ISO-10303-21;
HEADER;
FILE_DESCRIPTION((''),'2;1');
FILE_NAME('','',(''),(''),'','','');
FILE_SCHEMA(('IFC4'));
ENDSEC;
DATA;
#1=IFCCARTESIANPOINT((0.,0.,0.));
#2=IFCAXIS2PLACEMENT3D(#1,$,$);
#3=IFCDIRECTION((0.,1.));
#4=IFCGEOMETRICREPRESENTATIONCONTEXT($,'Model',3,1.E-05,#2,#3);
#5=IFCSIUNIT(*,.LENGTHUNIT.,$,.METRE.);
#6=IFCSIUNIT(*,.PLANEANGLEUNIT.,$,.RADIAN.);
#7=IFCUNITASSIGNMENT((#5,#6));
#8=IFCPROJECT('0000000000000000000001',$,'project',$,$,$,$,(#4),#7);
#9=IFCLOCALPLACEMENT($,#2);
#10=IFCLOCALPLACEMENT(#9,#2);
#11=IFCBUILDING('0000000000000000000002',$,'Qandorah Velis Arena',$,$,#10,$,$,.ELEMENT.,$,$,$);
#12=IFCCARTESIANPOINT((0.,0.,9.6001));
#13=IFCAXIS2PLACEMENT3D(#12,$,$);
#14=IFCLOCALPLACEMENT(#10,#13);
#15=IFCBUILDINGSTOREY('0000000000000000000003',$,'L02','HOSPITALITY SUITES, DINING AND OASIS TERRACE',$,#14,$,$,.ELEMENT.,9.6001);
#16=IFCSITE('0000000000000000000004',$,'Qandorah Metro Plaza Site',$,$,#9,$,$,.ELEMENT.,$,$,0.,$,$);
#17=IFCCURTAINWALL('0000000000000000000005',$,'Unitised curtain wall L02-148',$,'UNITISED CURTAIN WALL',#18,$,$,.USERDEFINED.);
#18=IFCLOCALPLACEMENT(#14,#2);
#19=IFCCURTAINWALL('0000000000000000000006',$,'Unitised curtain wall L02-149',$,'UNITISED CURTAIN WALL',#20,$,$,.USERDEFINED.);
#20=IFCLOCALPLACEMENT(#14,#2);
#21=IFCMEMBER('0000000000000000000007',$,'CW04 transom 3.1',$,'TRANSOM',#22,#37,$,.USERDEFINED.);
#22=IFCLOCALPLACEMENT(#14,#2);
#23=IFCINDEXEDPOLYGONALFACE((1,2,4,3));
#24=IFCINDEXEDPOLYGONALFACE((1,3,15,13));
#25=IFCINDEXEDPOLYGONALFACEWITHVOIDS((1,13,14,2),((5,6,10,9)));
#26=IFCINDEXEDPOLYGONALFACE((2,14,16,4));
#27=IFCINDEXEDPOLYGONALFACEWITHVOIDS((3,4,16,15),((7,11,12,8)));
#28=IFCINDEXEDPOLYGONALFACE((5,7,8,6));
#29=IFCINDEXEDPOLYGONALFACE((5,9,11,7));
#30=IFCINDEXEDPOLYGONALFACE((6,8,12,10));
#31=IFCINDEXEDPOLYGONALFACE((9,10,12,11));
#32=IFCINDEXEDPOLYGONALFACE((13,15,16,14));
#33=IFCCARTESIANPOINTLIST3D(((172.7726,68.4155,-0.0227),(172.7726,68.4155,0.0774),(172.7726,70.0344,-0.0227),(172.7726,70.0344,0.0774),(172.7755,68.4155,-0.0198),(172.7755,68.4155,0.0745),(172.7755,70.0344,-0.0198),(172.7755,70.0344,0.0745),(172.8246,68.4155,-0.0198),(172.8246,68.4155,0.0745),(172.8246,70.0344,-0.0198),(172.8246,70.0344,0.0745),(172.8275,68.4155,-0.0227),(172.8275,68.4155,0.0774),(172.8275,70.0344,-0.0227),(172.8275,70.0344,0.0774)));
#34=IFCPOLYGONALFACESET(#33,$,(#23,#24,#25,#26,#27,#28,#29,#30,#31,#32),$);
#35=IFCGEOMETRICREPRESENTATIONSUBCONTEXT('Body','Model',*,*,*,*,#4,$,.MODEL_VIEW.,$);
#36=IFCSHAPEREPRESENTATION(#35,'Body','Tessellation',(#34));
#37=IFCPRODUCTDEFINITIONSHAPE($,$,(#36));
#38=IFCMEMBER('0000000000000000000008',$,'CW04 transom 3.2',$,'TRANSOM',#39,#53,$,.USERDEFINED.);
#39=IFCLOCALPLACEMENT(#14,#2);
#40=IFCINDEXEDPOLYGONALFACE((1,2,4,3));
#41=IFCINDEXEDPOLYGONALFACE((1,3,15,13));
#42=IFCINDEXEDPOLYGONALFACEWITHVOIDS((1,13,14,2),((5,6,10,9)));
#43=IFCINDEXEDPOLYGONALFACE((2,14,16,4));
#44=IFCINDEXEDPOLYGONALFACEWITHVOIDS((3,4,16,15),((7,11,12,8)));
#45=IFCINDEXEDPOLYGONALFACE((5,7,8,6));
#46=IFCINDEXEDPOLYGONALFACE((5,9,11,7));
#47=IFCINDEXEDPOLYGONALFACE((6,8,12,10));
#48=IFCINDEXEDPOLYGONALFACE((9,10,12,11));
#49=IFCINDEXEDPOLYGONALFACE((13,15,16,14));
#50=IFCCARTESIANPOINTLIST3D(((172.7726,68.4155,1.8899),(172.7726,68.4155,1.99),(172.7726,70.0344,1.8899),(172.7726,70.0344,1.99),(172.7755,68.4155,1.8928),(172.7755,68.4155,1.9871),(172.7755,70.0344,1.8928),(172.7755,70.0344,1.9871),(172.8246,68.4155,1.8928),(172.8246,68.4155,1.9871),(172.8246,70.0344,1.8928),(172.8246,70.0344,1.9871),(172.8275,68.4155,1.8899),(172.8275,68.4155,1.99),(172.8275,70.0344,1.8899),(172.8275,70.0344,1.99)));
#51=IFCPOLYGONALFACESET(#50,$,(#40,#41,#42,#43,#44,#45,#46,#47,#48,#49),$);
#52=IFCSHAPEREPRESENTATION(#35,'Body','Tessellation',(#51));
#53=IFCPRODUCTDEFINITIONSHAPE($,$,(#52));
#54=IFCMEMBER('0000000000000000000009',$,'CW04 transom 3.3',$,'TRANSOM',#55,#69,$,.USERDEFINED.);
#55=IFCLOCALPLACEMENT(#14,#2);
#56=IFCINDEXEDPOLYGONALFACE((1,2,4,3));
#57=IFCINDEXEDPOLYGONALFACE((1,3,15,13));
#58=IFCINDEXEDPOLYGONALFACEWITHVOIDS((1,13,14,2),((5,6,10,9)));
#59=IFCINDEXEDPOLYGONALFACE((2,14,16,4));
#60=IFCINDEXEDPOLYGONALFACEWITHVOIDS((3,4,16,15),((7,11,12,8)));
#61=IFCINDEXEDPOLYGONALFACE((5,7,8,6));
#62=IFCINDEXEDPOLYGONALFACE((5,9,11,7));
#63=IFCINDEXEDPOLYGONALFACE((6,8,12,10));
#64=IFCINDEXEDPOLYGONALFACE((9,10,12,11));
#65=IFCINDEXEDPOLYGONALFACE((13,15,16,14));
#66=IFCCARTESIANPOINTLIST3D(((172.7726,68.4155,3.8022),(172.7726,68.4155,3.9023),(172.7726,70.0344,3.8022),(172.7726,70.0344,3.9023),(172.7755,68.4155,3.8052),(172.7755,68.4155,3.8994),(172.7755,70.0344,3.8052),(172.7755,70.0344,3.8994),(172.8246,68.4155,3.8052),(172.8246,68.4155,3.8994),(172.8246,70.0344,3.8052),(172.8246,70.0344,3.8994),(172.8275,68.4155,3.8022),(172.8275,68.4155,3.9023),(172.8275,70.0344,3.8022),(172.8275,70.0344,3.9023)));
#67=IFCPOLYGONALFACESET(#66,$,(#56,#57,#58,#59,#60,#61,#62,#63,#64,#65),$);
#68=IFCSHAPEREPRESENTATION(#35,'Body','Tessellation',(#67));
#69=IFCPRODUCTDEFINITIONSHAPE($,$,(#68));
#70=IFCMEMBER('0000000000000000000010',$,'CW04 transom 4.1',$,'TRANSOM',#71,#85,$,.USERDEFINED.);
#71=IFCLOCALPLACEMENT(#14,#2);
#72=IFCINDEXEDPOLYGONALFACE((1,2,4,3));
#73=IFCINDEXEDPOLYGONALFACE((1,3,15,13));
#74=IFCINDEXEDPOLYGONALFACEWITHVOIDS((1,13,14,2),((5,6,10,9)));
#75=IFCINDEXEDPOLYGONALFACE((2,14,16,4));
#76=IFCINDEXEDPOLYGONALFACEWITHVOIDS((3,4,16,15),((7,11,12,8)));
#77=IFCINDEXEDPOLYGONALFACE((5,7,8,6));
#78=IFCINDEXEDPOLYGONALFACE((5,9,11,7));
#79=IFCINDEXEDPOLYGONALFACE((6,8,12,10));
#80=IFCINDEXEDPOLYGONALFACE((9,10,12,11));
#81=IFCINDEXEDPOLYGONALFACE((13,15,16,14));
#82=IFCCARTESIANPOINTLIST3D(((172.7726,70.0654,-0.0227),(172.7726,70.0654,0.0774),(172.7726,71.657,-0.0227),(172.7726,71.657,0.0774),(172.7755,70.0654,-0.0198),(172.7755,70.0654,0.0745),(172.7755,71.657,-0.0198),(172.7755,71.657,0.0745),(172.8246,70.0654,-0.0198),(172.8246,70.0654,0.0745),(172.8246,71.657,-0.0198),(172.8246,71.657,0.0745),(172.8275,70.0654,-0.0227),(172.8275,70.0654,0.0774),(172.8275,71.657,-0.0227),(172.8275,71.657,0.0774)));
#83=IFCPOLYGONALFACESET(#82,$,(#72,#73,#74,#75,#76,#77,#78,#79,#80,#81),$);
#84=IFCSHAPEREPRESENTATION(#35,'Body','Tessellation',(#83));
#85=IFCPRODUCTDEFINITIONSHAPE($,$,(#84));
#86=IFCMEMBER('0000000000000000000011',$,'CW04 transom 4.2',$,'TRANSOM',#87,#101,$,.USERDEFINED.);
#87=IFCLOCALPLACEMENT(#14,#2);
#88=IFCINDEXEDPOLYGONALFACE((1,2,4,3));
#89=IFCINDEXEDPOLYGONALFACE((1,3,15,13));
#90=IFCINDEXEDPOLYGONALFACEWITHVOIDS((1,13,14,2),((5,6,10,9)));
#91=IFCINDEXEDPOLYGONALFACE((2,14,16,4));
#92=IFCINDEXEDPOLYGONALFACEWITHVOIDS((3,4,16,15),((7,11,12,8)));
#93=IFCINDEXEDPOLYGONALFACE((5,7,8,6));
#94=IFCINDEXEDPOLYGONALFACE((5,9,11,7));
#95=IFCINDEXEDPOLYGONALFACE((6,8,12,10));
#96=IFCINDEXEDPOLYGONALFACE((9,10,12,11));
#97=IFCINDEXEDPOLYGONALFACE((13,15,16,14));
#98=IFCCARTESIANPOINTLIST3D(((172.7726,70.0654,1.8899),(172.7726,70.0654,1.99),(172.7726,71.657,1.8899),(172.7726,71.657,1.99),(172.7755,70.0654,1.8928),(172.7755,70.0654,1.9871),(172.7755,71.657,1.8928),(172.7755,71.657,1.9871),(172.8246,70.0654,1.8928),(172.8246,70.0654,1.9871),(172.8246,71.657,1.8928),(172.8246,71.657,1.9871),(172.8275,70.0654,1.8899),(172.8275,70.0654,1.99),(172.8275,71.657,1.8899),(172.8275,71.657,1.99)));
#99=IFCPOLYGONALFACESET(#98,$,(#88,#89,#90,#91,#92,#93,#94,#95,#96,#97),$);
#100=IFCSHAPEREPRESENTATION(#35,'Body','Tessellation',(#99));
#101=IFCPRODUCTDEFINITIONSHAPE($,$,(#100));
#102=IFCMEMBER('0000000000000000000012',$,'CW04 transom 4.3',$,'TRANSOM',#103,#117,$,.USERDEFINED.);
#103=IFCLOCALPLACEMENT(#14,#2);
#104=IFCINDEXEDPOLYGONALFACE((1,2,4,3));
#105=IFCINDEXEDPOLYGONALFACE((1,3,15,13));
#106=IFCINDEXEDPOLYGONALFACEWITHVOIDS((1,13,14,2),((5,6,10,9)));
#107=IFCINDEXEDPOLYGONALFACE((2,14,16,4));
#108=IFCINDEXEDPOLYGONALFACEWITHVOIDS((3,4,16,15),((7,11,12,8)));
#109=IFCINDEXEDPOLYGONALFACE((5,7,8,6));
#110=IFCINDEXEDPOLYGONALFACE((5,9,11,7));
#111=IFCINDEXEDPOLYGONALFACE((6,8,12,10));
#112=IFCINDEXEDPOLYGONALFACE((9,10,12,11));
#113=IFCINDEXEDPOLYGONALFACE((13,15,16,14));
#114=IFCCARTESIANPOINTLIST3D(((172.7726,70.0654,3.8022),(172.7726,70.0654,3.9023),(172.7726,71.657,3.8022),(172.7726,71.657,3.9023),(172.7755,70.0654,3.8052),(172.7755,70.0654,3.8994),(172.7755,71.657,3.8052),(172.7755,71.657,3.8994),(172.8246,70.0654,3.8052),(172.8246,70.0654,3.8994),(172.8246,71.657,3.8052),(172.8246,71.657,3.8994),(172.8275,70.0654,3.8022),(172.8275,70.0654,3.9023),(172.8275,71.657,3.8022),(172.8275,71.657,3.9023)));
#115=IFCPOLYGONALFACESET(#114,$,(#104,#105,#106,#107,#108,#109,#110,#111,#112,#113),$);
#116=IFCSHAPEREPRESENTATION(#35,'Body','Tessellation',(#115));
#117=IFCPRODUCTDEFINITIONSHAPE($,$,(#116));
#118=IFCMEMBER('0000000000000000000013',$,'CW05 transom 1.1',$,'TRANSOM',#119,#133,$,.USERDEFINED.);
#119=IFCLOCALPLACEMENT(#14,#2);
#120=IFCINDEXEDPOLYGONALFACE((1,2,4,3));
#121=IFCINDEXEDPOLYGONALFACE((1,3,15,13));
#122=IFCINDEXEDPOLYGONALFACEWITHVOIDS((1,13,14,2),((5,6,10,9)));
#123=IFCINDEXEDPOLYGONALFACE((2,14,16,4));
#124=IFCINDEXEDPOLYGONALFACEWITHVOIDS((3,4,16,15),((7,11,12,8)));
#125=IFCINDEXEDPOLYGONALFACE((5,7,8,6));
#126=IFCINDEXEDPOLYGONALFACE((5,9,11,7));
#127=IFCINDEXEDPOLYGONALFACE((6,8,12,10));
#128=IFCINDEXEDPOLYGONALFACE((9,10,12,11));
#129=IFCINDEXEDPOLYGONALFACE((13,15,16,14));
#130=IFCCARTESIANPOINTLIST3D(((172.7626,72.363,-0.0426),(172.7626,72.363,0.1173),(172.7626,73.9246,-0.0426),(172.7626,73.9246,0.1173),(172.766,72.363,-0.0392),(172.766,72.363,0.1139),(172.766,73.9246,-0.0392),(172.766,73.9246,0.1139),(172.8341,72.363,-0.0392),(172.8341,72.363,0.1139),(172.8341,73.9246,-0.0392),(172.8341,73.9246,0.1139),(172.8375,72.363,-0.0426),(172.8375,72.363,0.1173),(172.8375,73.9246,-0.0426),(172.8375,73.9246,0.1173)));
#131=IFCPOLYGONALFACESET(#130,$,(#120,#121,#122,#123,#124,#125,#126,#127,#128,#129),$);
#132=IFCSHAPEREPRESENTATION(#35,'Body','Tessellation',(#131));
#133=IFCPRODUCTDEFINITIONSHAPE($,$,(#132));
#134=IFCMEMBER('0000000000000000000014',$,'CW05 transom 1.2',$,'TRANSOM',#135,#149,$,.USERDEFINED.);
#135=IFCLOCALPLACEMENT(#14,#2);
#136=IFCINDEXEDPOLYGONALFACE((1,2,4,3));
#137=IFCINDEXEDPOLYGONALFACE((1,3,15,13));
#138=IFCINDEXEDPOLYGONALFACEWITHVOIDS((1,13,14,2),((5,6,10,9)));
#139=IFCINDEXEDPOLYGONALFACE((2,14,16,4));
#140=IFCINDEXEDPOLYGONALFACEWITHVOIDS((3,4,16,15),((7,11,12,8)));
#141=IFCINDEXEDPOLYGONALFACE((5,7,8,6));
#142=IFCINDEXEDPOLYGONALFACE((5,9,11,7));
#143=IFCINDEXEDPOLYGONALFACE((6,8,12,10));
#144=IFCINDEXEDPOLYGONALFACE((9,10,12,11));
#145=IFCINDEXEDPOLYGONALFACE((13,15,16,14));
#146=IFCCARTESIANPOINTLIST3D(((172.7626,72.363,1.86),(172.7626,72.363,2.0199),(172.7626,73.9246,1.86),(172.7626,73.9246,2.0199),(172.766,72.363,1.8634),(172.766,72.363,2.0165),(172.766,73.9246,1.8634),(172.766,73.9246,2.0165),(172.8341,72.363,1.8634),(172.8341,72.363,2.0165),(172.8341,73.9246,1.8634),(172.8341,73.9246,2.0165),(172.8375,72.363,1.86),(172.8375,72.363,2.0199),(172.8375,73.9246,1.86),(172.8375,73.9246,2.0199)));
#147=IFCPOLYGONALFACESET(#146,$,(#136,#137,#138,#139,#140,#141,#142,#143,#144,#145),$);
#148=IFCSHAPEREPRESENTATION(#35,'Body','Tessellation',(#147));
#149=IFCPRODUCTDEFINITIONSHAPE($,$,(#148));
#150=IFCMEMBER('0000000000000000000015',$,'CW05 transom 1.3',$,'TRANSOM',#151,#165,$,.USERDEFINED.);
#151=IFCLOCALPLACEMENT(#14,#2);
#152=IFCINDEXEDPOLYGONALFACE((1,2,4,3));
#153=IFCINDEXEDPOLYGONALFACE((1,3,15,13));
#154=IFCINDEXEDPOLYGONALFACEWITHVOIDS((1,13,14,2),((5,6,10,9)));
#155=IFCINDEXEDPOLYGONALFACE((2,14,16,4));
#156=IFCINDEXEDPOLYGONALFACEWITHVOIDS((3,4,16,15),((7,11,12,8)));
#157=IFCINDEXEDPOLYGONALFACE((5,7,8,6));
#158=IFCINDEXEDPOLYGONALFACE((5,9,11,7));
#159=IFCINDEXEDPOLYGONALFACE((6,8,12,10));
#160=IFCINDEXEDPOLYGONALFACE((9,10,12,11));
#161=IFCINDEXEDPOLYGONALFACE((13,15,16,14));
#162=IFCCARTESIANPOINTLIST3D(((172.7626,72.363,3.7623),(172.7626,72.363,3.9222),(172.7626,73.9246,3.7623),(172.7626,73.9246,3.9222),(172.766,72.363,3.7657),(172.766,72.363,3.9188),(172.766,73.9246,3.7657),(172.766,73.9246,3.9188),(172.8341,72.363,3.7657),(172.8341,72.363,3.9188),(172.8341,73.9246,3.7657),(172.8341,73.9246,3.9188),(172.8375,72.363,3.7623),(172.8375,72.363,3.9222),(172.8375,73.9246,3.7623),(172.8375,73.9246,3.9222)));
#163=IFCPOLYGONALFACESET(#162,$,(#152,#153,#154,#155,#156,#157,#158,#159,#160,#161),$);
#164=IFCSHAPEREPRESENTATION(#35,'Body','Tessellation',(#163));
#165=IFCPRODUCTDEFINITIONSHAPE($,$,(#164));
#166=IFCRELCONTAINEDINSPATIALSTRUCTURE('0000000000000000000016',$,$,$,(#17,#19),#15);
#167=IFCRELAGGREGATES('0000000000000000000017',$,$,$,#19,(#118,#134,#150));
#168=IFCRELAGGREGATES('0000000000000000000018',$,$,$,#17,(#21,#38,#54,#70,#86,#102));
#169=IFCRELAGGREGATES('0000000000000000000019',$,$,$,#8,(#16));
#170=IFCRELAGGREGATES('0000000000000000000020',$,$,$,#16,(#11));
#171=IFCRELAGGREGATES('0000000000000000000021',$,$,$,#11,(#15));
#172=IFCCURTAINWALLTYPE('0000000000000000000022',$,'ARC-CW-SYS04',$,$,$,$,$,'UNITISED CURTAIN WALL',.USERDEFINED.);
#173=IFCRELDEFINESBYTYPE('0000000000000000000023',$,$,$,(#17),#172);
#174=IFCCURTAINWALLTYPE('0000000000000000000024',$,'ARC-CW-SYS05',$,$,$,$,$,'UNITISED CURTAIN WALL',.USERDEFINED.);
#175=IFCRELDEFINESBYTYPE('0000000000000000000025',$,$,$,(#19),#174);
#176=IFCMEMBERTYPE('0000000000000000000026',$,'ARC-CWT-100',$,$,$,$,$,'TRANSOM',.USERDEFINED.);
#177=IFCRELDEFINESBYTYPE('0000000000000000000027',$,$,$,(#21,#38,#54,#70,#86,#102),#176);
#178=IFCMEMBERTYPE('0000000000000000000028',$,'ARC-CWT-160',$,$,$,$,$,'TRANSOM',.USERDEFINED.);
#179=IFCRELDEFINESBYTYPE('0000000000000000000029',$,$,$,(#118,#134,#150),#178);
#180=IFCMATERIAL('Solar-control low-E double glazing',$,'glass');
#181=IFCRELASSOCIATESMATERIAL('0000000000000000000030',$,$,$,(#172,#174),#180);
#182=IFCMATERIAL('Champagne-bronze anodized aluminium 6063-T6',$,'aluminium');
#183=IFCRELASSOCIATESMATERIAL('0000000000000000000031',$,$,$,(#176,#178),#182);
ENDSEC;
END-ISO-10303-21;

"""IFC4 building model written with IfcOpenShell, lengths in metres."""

from ifc_helpers import new_model, si_unit, direction, frame, origin, origin_2d, place, context, subcontext, project, spatial, hollow_rectangle, extrude, material, material_profile, profile_set, type_object, element, aggregate, save


model = new_model("IFC4")

# Units and contexts
model_context = context("Model", 3, precision=1e-05, world=origin(), true_north=direction((0.0, 1.0)))
body_context = subcontext(model_context, "Body", "Model", "MODEL_VIEW")
ifc_project = project(units=[si_unit("LENGTHUNIT", "METRE"), si_unit("PLANEANGLEUNIT", "RADIAN")], contexts=[model_context])

# Site, building, storey
site_placement = place(None, origin())
site = spatial("IfcSite", under=ifc_project, at=site_placement, Name="Qandorah Metro Plaza Site", CompositionType="ELEMENT", RefElevation=0.0)
building_placement = place(site_placement, origin())
building = spatial("IfcBuilding", under=site, at=building_placement, Name="Qandorah Velis Arena", CompositionType="ELEMENT")
storey_placement = place(building_placement, frame((0.0, 0.0, 9.6001)))
storey = spatial("IfcBuildingStorey", under=building, at=storey_placement, Name="L02", Description="HOSPITALITY SUITES, DINING AND OASIS TERRACE", CompositionType="ELEMENT", Elevation=9.6001)

# Curtain wall
ifc_material_1 = material(Name="Solar-control low-E double glazing", Category="glass")
curtain_wall_type_1 = type_object("IfcCurtainWallType", Name="ARC-CW-SYS04", ElementType="UNITISED CURTAIN WALL", PredefinedType="USERDEFINED", material=ifc_material_1)
curtain_wall_1_placement = place(storey_placement, origin())
curtain_wall_1 = element("IfcCurtainWall", 1, at=curtain_wall_1_placement, inside=storey, type_object=curtain_wall_type_1, Name="Unitised curtain wall L02-148", ObjectType="UNITISED CURTAIN WALL", PredefinedType="USERDEFINED")
ifc_material_2 = material(Name="Champagne-bronze anodized aluminium 6063-T6", Category="aluminium")

# Curtain wall
curtain_wall_type_2 = type_object("IfcCurtainWallType", Name="ARC-CW-SYS05", ElementType="UNITISED CURTAIN WALL", PredefinedType="USERDEFINED", material=ifc_material_1)
curtain_wall_2_placement = place(storey_placement, origin())
curtain_wall_2 = element("IfcCurtainWall", 2, at=curtain_wall_2_placement, inside=storey, type_object=curtain_wall_type_2, Name="Unitised curtain wall L02-149", ObjectType="UNITISED CURTAIN WALL", PredefinedType="USERDEFINED")

# Members
ifc_material_profile_1 = material_profile(ifc_material_2, hollow_rectangle(XDim=0.0549, YDim=0.1001, WallThickness=0.0029, at=origin_2d()), Name="ALU TRANSOM 55x100")
ifc_profile_set_1 = profile_set([ifc_material_profile_1], Name="Champagne-bronze anodized aluminium 6063-T6")
member_type_1 = type_object("IfcMemberType", Name="ARC-CWT-100", ElementType="TRANSOM", PredefinedType="USERDEFINED", material=ifc_profile_set_1)
member_1_placement = place(storey_placement, frame((172.8, 68.4155, 0.0273), z_axis=(0.0, 1.0, 0.0), x_axis=(-1.0, 0.0, 0.0)))
member_1 = element("IfcMember", 3, at=member_1_placement, type_object=member_type_1, Name="CW04 transom 3.1", ObjectType="TRANSOM", PredefinedType="USERDEFINED", context=body_context, shape_type="SweptSolid", body=[
    extrude(hollow_rectangle(XDim=0.0549, YDim=0.1001, WallThickness=0.0029, at=origin_2d()), origin(), (0.0, 0.0, 1.0), 1.6189),
])
member_2_placement = place(storey_placement, frame((172.8, 68.4155, 1.9399), z_axis=(0.0, 1.0, 0.0), x_axis=(-1.0, 0.0, 0.0)))
member_2 = element("IfcMember", 4, at=member_2_placement, type_object=member_type_1, Name="CW04 transom 3.2", ObjectType="TRANSOM", PredefinedType="USERDEFINED", context=body_context, shape_type="SweptSolid", body=[
    extrude(hollow_rectangle(XDim=0.0549, YDim=0.1001, WallThickness=0.0029, at=origin_2d()), origin(), (0.0, 0.0, 1.0), 1.6189),
])
member_3_placement = place(storey_placement, frame((172.8, 68.4155, 3.8523), z_axis=(0.0, 1.0, 0.0), x_axis=(-1.0, 0.0, 0.0)))
member_3 = element("IfcMember", 5, at=member_3_placement, type_object=member_type_1, Name="CW04 transom 3.3", ObjectType="TRANSOM", PredefinedType="USERDEFINED", context=body_context, shape_type="SweptSolid", body=[
    extrude(hollow_rectangle(XDim=0.0549, YDim=0.1001, WallThickness=0.0029, at=origin_2d()), origin(), (0.0, 0.0, 1.0), 1.6189),
])
member_4_placement = place(storey_placement, frame((172.8, 70.0654, 0.0273), z_axis=(0.0, 1.0, 0.0), x_axis=(-1.0, 0.0, 0.0)))
member_4 = element("IfcMember", 6, at=member_4_placement, type_object=member_type_1, Name="CW04 transom 4.1", ObjectType="TRANSOM", PredefinedType="USERDEFINED", context=body_context, shape_type="SweptSolid", body=[
    extrude(hollow_rectangle(XDim=0.0549, YDim=0.1001, WallThickness=0.0029, at=origin_2d()), origin(), (0.0, 0.0, 1.0), 1.5916),
])
member_5_placement = place(storey_placement, frame((172.8, 70.0654, 1.9399), z_axis=(0.0, 1.0, 0.0), x_axis=(-1.0, 0.0, 0.0)))
member_5 = element("IfcMember", 7, at=member_5_placement, type_object=member_type_1, Name="CW04 transom 4.2", ObjectType="TRANSOM", PredefinedType="USERDEFINED", context=body_context, shape_type="SweptSolid", body=[
    extrude(hollow_rectangle(XDim=0.0549, YDim=0.1001, WallThickness=0.0029, at=origin_2d()), origin(), (0.0, 0.0, 1.0), 1.5916),
])
member_6_placement = place(storey_placement, frame((172.8, 70.0654, 3.8523), z_axis=(0.0, 1.0, 0.0), x_axis=(-1.0, 0.0, 0.0)))
member_6 = element("IfcMember", 8, at=member_6_placement, type_object=member_type_1, Name="CW04 transom 4.3", ObjectType="TRANSOM", PredefinedType="USERDEFINED", context=body_context, shape_type="SweptSolid", body=[
    extrude(hollow_rectangle(XDim=0.0549, YDim=0.1001, WallThickness=0.0029, at=origin_2d()), origin(), (0.0, 0.0, 1.0), 1.5916),
])
ifc_material_profile_2 = material_profile(ifc_material_2, hollow_rectangle(XDim=0.075, YDim=0.1599, WallThickness=0.0034, at=origin_2d()), Name="ALU TRANSOM 75x160")
ifc_profile_set_2 = profile_set([ifc_material_profile_2], Name="Champagne-bronze anodized aluminium 6063-T6")
member_type_2 = type_object("IfcMemberType", Name="ARC-CWT-160", ElementType="TRANSOM", PredefinedType="USERDEFINED", material=ifc_profile_set_2)
member_7_placement = place(storey_placement, frame((172.8, 72.363, 0.0374), z_axis=(0.0, 1.0, 0.0), x_axis=(-1.0, 0.0, 0.0)))
member_7 = element("IfcMember", 9, at=member_7_placement, type_object=member_type_2, Name="CW05 transom 1.1", ObjectType="TRANSOM", PredefinedType="USERDEFINED", context=body_context, shape_type="SweptSolid", body=[
    extrude(hollow_rectangle(XDim=0.075, YDim=0.1599, WallThickness=0.0034, at=origin_2d()), origin(), (0.0, 0.0, 1.0), 1.5615),
])
member_8_placement = place(storey_placement, frame((172.8, 72.363, 1.9399), z_axis=(0.0, 1.0, 0.0), x_axis=(-1.0, 0.0, 0.0)))
member_8 = element("IfcMember", 10, at=member_8_placement, type_object=member_type_2, Name="CW05 transom 1.2", ObjectType="TRANSOM", PredefinedType="USERDEFINED", context=body_context, shape_type="SweptSolid", body=[
    extrude(hollow_rectangle(XDim=0.075, YDim=0.1599, WallThickness=0.0034, at=origin_2d()), origin(), (0.0, 0.0, 1.0), 1.5615),
])
member_9_placement = place(storey_placement, frame((172.8, 72.363, 3.8423), z_axis=(0.0, 1.0, 0.0), x_axis=(-1.0, 0.0, 0.0)))
member_9 = element("IfcMember", 11, at=member_9_placement, type_object=member_type_2, Name="CW05 transom 1.3", ObjectType="TRANSOM", PredefinedType="USERDEFINED", context=body_context, shape_type="SweptSolid", body=[
    extrude(hollow_rectangle(XDim=0.075, YDim=0.1599, WallThickness=0.0034, at=origin_2d()), origin(), (0.0, 0.0, 1.0), 1.5615),
])

aggregate(curtain_wall_2, [member_7, member_8, member_9])
aggregate(curtain_wall_1, [member_1, member_2, member_3, member_4, member_5, member_6])

save(model, "model.ifc")
